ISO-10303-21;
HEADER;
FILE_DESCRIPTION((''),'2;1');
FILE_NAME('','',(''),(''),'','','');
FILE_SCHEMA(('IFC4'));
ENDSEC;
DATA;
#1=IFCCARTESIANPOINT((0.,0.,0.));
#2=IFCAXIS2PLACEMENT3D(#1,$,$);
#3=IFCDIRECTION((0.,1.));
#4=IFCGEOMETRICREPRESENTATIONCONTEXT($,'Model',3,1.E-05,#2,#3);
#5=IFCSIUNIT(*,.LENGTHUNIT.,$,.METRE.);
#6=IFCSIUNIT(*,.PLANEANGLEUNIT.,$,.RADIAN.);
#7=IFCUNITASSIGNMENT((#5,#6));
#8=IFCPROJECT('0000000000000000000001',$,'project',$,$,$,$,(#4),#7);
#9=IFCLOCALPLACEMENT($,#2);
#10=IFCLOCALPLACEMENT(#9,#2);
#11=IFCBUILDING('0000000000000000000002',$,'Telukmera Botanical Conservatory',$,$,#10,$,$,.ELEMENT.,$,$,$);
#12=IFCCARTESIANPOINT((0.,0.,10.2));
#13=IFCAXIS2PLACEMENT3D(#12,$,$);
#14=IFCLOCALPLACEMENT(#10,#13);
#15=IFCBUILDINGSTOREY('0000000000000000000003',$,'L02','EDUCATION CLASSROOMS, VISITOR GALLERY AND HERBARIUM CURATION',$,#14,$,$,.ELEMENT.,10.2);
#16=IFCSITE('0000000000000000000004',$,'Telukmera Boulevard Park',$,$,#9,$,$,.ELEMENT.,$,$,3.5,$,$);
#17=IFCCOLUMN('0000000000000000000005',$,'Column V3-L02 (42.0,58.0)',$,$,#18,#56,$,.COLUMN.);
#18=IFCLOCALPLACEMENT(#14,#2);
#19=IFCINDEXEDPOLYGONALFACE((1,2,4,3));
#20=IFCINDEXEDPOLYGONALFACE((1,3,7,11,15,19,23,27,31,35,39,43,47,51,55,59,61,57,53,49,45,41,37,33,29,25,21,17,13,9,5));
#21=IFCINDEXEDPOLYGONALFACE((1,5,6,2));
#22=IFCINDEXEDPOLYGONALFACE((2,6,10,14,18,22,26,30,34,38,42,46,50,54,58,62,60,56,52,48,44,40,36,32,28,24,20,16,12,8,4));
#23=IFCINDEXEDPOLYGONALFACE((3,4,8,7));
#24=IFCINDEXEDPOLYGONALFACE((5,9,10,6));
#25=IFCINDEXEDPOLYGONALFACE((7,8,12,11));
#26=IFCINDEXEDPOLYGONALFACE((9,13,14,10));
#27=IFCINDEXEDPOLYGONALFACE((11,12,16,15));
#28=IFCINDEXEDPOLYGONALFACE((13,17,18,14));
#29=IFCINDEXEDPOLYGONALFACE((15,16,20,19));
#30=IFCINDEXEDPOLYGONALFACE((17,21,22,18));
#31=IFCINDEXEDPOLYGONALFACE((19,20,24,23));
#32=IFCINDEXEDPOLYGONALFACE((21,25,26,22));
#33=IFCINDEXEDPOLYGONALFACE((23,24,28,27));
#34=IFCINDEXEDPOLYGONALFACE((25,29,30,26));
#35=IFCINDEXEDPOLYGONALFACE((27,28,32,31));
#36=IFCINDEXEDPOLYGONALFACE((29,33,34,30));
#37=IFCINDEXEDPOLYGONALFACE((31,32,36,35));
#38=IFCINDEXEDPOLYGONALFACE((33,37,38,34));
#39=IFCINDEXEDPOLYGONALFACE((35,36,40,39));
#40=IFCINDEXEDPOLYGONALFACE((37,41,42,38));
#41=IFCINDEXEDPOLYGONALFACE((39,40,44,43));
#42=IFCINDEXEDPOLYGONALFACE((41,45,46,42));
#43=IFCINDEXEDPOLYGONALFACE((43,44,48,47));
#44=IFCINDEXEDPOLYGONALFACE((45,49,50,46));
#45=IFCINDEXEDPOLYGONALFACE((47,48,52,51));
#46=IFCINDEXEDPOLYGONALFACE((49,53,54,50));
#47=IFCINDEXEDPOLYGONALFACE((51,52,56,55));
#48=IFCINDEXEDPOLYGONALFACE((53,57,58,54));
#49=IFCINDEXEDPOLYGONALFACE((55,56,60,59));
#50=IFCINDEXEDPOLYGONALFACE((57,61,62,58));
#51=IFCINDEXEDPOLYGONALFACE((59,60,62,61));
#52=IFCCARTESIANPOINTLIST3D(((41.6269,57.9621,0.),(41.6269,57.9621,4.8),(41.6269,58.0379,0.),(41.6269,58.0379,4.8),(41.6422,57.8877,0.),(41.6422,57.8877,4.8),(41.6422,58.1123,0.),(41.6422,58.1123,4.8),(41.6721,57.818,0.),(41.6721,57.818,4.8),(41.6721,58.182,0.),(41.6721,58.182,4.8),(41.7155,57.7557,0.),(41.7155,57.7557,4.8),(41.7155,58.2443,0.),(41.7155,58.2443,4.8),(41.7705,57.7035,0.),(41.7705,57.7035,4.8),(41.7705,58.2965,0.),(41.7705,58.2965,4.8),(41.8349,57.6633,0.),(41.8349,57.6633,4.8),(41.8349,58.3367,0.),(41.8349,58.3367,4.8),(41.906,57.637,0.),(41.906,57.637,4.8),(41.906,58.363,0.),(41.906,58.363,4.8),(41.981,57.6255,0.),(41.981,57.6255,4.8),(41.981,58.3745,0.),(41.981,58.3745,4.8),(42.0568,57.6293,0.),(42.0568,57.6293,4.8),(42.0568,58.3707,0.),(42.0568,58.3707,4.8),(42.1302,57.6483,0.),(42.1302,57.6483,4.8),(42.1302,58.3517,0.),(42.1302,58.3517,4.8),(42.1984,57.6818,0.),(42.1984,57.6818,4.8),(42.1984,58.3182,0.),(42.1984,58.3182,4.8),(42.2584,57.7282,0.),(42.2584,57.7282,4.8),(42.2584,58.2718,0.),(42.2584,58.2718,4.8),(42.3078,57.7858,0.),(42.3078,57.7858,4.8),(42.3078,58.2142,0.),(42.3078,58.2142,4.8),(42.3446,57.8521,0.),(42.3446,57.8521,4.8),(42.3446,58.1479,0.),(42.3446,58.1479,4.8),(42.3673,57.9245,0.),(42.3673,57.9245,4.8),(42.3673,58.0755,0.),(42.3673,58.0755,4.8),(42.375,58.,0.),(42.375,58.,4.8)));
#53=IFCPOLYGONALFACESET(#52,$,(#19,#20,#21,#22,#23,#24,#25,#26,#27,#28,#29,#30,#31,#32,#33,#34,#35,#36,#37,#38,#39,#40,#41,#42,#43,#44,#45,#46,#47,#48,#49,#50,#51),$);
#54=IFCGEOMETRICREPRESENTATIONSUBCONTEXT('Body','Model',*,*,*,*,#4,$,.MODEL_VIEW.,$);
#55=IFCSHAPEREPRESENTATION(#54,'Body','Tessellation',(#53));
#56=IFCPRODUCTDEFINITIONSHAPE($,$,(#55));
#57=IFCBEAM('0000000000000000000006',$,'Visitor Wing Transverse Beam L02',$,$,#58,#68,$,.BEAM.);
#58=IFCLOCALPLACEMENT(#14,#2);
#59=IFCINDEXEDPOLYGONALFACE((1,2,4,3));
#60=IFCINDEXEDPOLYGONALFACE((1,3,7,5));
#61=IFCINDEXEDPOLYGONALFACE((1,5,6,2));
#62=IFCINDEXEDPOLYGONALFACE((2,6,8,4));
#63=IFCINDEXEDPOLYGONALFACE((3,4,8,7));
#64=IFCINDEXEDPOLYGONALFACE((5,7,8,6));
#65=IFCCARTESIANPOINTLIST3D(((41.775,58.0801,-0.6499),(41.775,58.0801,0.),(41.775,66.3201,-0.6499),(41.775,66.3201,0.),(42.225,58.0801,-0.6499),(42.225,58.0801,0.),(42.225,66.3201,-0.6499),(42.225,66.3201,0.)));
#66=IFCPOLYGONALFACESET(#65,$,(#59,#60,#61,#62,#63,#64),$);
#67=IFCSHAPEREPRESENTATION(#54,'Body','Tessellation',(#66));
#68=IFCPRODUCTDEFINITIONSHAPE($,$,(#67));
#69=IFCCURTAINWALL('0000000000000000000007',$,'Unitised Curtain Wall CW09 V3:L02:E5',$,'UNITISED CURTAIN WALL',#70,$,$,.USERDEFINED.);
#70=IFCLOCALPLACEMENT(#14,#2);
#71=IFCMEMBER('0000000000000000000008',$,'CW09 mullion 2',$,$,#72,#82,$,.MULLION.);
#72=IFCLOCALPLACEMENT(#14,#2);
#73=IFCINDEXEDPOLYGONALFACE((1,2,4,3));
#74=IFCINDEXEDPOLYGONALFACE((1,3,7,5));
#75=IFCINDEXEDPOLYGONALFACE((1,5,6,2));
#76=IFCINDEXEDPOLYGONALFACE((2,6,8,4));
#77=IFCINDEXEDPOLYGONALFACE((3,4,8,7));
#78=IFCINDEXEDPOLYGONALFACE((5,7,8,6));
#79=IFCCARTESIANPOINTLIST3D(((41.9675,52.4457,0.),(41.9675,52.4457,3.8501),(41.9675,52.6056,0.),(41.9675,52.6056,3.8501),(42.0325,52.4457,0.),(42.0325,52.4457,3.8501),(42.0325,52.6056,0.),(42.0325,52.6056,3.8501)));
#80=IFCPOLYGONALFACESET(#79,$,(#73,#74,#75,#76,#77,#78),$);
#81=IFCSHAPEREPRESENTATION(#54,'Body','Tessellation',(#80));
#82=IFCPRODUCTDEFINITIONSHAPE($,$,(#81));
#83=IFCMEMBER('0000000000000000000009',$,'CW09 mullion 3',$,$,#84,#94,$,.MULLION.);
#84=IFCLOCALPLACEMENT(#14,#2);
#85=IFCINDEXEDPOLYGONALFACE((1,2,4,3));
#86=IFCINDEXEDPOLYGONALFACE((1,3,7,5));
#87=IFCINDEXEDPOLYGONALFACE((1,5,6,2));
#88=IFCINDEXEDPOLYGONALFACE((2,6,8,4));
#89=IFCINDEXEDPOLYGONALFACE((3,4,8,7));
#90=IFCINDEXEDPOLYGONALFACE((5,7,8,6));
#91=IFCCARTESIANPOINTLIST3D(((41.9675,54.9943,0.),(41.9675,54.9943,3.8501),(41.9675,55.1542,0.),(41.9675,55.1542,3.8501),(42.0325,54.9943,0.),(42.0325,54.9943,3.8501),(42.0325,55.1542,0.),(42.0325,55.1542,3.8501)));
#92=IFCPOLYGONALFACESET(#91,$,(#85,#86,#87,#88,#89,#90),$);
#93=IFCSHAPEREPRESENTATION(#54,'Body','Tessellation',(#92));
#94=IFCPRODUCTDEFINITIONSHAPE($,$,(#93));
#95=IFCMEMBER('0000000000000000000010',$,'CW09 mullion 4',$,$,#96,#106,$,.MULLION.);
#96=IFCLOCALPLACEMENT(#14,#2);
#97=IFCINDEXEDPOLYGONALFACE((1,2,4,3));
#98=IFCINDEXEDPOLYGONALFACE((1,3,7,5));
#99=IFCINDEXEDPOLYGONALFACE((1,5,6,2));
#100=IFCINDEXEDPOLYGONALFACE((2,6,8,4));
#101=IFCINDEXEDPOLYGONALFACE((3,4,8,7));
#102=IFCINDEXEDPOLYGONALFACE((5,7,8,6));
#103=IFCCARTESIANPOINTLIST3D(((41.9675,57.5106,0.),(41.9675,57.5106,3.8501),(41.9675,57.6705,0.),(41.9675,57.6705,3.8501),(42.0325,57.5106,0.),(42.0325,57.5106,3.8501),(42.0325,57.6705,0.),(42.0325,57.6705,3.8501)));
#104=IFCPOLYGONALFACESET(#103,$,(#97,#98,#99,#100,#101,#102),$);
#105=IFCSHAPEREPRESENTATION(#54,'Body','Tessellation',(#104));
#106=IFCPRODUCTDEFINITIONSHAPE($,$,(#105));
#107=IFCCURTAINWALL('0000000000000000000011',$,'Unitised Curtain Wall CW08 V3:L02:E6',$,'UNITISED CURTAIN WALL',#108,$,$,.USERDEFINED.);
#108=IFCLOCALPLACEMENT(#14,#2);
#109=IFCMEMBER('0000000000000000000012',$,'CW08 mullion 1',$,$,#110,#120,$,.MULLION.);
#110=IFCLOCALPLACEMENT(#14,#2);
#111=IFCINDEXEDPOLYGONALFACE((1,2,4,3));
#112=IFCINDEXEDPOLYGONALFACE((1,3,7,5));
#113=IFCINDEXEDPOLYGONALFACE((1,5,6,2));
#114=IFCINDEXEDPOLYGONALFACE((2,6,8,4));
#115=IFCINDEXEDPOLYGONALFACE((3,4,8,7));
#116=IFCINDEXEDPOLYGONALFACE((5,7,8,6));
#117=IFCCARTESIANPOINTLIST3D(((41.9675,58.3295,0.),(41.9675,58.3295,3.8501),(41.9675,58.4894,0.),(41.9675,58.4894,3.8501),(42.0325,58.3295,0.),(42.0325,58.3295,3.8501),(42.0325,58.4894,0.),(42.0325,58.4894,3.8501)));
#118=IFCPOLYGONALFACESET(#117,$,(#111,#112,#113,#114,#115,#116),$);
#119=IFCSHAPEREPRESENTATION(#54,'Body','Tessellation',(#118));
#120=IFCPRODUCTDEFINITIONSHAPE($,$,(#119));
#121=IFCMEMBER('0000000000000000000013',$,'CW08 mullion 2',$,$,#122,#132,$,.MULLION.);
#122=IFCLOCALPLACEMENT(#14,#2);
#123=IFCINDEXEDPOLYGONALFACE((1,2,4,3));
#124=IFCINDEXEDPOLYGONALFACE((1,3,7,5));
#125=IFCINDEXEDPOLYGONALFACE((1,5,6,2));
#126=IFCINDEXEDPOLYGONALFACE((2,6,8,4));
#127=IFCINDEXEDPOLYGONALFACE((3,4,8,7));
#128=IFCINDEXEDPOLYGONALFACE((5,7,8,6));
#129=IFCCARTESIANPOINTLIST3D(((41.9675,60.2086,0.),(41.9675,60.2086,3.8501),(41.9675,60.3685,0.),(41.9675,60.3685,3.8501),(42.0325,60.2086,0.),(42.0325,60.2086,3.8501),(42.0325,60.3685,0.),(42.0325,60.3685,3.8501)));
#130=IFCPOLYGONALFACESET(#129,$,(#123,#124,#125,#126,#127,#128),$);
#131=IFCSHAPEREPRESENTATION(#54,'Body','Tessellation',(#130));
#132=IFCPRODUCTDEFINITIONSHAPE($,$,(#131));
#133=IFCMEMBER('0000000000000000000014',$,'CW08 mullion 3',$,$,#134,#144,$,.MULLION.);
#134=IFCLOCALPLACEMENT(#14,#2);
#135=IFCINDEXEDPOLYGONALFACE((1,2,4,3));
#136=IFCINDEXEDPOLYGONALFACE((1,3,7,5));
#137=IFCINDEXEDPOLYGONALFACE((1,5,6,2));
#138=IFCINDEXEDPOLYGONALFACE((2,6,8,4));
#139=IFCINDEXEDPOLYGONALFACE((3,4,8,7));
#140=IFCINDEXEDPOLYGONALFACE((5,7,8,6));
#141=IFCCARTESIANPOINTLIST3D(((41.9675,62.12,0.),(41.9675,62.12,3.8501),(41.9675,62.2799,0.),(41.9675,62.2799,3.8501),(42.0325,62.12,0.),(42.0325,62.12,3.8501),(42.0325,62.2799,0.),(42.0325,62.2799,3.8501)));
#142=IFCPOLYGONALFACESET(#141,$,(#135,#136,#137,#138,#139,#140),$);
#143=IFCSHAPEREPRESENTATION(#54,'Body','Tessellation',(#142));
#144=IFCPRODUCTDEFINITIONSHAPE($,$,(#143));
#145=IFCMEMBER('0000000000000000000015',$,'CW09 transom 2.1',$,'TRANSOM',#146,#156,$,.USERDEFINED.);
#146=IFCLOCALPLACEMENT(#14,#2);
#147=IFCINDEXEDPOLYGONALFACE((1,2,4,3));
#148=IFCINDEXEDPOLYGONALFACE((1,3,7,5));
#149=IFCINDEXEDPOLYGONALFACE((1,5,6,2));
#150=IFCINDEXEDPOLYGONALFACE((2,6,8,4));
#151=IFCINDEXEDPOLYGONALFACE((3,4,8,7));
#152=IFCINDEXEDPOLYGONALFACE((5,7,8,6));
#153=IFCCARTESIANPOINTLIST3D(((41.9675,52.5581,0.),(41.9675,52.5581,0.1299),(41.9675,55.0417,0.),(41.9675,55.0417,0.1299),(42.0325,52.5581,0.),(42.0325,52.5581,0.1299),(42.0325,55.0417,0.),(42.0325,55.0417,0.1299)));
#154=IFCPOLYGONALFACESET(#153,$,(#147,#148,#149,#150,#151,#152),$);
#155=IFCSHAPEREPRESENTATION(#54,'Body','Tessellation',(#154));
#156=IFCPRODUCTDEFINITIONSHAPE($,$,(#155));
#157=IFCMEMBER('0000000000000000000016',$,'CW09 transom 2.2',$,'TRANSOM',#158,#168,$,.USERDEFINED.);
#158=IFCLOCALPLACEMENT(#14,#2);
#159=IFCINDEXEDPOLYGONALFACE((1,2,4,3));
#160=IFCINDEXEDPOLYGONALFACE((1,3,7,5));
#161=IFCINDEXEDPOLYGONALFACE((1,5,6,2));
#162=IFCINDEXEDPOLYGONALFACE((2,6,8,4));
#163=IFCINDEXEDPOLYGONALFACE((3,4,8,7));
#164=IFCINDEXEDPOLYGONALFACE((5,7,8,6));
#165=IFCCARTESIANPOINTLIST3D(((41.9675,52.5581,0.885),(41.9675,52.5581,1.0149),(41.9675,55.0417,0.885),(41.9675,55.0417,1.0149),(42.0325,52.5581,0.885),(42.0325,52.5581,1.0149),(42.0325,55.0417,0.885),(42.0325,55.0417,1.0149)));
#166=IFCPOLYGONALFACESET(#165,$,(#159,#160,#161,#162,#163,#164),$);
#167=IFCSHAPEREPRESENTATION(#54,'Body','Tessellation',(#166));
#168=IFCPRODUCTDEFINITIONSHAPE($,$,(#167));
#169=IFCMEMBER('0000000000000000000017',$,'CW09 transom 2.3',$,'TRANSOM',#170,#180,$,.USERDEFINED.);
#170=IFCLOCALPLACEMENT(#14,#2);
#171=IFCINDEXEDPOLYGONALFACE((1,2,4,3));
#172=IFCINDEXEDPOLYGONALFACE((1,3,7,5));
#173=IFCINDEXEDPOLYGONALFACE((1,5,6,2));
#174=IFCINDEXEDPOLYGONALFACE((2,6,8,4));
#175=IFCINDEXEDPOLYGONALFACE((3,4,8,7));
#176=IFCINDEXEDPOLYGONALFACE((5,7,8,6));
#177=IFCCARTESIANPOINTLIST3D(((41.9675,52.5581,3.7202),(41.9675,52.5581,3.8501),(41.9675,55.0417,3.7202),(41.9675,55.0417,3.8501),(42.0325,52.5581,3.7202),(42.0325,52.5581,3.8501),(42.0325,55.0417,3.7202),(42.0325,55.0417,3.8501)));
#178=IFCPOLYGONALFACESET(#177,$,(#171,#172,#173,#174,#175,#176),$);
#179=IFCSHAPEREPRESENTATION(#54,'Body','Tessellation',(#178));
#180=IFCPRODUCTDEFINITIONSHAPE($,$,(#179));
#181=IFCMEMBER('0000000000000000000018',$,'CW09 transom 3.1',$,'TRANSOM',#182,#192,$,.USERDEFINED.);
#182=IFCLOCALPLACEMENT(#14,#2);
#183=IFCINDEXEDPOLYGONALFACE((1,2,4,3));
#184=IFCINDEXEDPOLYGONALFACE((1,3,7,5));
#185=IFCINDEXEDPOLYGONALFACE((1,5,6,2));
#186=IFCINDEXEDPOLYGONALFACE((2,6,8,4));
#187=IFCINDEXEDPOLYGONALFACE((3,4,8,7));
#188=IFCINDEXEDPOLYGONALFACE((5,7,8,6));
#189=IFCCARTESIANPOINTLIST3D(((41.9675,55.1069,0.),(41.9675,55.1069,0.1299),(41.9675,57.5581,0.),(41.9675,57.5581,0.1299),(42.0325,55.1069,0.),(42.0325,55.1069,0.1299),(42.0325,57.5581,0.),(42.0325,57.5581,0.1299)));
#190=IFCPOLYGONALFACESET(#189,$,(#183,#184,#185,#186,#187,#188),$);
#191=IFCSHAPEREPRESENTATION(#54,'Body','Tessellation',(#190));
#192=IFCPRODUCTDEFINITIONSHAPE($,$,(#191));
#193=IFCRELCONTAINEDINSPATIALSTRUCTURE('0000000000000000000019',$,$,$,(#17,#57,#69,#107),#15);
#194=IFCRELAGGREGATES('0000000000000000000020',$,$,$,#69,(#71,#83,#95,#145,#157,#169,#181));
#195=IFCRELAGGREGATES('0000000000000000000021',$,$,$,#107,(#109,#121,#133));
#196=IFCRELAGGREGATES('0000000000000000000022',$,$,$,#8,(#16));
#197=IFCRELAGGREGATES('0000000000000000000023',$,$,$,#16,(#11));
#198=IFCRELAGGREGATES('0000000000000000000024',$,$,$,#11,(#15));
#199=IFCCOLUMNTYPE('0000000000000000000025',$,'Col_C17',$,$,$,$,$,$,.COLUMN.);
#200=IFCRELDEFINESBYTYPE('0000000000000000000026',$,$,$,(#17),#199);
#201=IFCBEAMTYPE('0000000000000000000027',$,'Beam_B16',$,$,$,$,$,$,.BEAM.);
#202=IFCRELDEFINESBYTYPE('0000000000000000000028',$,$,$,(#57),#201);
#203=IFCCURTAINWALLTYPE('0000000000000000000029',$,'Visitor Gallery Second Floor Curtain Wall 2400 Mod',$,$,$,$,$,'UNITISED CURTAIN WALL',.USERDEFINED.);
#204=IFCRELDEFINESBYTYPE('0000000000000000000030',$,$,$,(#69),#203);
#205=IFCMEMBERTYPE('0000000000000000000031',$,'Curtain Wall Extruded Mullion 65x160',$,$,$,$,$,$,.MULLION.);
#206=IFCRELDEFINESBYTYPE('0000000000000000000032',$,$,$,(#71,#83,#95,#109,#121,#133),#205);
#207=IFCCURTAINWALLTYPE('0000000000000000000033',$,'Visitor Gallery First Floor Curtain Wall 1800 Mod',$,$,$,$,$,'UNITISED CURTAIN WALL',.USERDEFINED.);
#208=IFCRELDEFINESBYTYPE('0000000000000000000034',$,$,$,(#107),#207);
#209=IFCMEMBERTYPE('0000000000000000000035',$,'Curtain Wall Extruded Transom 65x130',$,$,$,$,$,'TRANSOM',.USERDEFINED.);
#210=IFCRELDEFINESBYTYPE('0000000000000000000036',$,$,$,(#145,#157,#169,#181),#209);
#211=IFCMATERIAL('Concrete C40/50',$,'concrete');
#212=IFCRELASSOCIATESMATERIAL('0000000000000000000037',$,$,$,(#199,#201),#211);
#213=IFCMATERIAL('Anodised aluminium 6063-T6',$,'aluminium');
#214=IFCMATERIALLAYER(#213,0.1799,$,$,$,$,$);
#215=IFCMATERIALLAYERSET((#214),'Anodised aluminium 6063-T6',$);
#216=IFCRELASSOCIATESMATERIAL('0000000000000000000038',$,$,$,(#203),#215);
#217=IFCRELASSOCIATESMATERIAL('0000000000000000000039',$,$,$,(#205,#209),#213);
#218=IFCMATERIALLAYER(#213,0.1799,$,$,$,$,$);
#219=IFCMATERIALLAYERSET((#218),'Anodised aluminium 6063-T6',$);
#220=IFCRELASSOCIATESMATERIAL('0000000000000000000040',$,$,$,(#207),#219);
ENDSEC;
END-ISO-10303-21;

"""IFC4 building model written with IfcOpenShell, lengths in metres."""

from ifc_helpers import new_model, si_unit, direction, frame, origin, origin_2d, place, context, subcontext, project, spatial, rectangle, circle, extrude, material, layer, layer_set, material_profile, profile_set, type_object, element, aggregate, save


model = new_model("IFC4")

# Units and contexts
model_context = context("Model", 3, precision=1e-05, world=origin(), true_north=direction((0.0, 1.0)))
body_context = subcontext(model_context, "Body", "Model", "MODEL_VIEW")
ifc_project = project(units=[si_unit("LENGTHUNIT", "METRE"), si_unit("PLANEANGLEUNIT", "RADIAN")], contexts=[model_context])

# Site, building, storey
site_placement = place(None, origin())
site = spatial("IfcSite", under=ifc_project, at=site_placement, Name="Telukmera Boulevard Park", CompositionType="ELEMENT", RefElevation=3.5)
building_placement = place(site_placement, origin())
building = spatial("IfcBuilding", under=site, at=building_placement, Name="Telukmera Botanical Conservatory", CompositionType="ELEMENT")
storey_placement = place(building_placement, frame((0.0, 0.0, 10.2)))
storey = spatial("IfcBuildingStorey", under=building, at=storey_placement, Name="L02", Description="EDUCATION CLASSROOMS, VISITOR GALLERY AND HERBARIUM CURATION", CompositionType="ELEMENT", Elevation=10.2)

# Column
ifc_material_1 = material(Name="Concrete C40/50", Category="concrete")
ifc_material_profile_1 = material_profile(ifc_material_1, circle(Radius=0.375, at=origin_2d()), Name="RC D750")
ifc_profile_set_1 = profile_set([ifc_material_profile_1], Name="Concrete C40/50")
column_type = type_object("IfcColumnType", Name="Col_C17", PredefinedType="COLUMN", material=ifc_profile_set_1)
column_placement = place(storey_placement, frame((42.0, 58.0, 0.0), z_axis=(0.0, 0.0, 1.0), x_axis=(1.0, 0.0, 0.0)))
element("IfcColumn", 1, at=column_placement, inside=storey, type_object=column_type, Name="Column V3-L02 (42.0,58.0)", PredefinedType="COLUMN", context=body_context, shape_type="SweptSolid", body=[
    extrude(circle(Radius=0.375, at=origin_2d()), origin(), (0.0, 0.0, 1.0), 4.8),
])

# Beam
ifc_material_profile_2 = material_profile(ifc_material_1, rectangle(XDim=0.45, YDim=0.6499, at=origin_2d()), Name="RC 450x650")
ifc_profile_set_2 = profile_set([ifc_material_profile_2], Name="Concrete C40/50")
beam_type = type_object("IfcBeamType", Name="Beam_B16", PredefinedType="BEAM", material=ifc_profile_set_2)
beam_placement = place(storey_placement, frame((42.0, 58.0801, -0.325), z_axis=(0.0, 1.0, 0.0), x_axis=(-1.0, 0.0, 0.0)))
element("IfcBeam", 2, at=beam_placement, inside=storey, type_object=beam_type, Name="Visitor Wing Transverse Beam L02", PredefinedType="BEAM", context=body_context, shape_type="SweptSolid", body=[
    extrude(rectangle(XDim=0.45, YDim=0.6499, at=origin_2d()), origin(), (0.0, 0.0, 1.0), 8.24),
])

# Curtain walls, members
ifc_material_2 = material(Name="Anodised aluminium 6063-T6", Category="aluminium")
ifc_layer_1 = layer(ifc_material_2, 0.1799)
ifc_layer_set_1 = layer_set([ifc_layer_1], Name="Anodised aluminium 6063-T6")
curtain_wall_type_1 = type_object("IfcCurtainWallType", Name="Visitor Gallery Second Floor Curtain Wall 2400 Mod", ElementType="UNITISED CURTAIN WALL", PredefinedType="USERDEFINED", material=ifc_layer_set_1)
curtain_wall_1_placement = place(storey_placement, origin())
curtain_wall_1 = element("IfcCurtainWall", 3, at=curtain_wall_1_placement, inside=storey, type_object=curtain_wall_type_1, Name="Unitised Curtain Wall CW09 V3:L02:E5", ObjectType="UNITISED CURTAIN WALL", PredefinedType="USERDEFINED")
ifc_material_profile_3 = material_profile(ifc_material_2, rectangle(XDim=0.0649, YDim=0.1599, at=origin_2d()), Name="ALU MULL 65x160")
ifc_profile_set_3 = profile_set([ifc_material_profile_3], Name="Anodised aluminium 6063-T6")
member_type_1 = type_object("IfcMemberType", Name="Curtain Wall Extruded Mullion 65x160", PredefinedType="MULLION", material=ifc_profile_set_3)
member_1_placement = place(storey_placement, frame((42.0, 52.5256, 0.0), z_axis=(0.0, 0.0, 1.0), x_axis=(-1.0, 0.0, 0.0)))
member_1 = element("IfcMember", 4, at=member_1_placement, type_object=member_type_1, Name="CW09 mullion 2", PredefinedType="MULLION", context=body_context, shape_type="SweptSolid", body=[
    extrude(rectangle(XDim=0.0649, YDim=0.1599, at=origin_2d()), origin(), (0.0, 0.0, 1.0), 3.8501),
])
member_2_placement = place(storey_placement, frame((42.0, 55.0742, 0.0), z_axis=(0.0, 0.0, 1.0), x_axis=(-1.0, 0.0, 0.0)))
member_2 = element("IfcMember", 5, at=member_2_placement, type_object=member_type_1, Name="CW09 mullion 3", PredefinedType="MULLION", context=body_context, shape_type="SweptSolid", body=[
    extrude(rectangle(XDim=0.0649, YDim=0.1599, at=origin_2d()), origin(), (0.0, 0.0, 1.0), 3.8501),
])
member_3_placement = place(storey_placement, frame((42.0, 57.5906, 0.0), z_axis=(0.0, 0.0, 1.0), x_axis=(-1.0, 0.0, 0.0)))
member_3 = element("IfcMember", 6, at=member_3_placement, type_object=member_type_1, Name="CW09 mullion 4", PredefinedType="MULLION", context=body_context, shape_type="SweptSolid", body=[
    extrude(rectangle(XDim=0.0649, YDim=0.1599, at=origin_2d()), origin(), (0.0, 0.0, 1.0), 3.8501),
])
ifc_layer_2 = layer(ifc_material_2, 0.1799)
ifc_layer_set_2 = layer_set([ifc_layer_2], Name="Anodised aluminium 6063-T6")
curtain_wall_type_2 = type_object("IfcCurtainWallType", Name="Visitor Gallery First Floor Curtain Wall 1800 Mod", ElementType="UNITISED CURTAIN WALL", PredefinedType="USERDEFINED", material=ifc_layer_set_2)
curtain_wall_2_placement = place(storey_placement, origin())
curtain_wall_2 = element("IfcCurtainWall", 7, at=curtain_wall_2_placement, inside=storey, type_object=curtain_wall_type_2, Name="Unitised Curtain Wall CW08 V3:L02:E6", ObjectType="UNITISED CURTAIN WALL", PredefinedType="USERDEFINED")
member_4_placement = place(storey_placement, frame((42.0, 58.4094, 0.0), z_axis=(0.0, 0.0, 1.0), x_axis=(-1.0, 0.0, 0.0)))
member_4 = element("IfcMember", 8, at=member_4_placement, type_object=member_type_1, Name="CW08 mullion 1", PredefinedType="MULLION", context=body_context, shape_type="SweptSolid", body=[
    extrude(rectangle(XDim=0.0649, YDim=0.1599, at=origin_2d()), origin(), (0.0, 0.0, 1.0), 3.8501),
])
member_5_placement = place(storey_placement, frame((42.0, 60.2886, 0.0), z_axis=(0.0, 0.0, 1.0), x_axis=(-1.0, 0.0, 0.0)))
member_5 = element("IfcMember", 9, at=member_5_placement, type_object=member_type_1, Name="CW08 mullion 2", PredefinedType="MULLION", context=body_context, shape_type="SweptSolid", body=[
    extrude(rectangle(XDim=0.0649, YDim=0.1599, at=origin_2d()), origin(), (0.0, 0.0, 1.0), 3.8501),
])
member_6_placement = place(storey_placement, frame((42.0, 62.2, 0.0), z_axis=(0.0, 0.0, 1.0), x_axis=(-1.0, 0.0, 0.0)))
member_6 = element("IfcMember", 10, at=member_6_placement, type_object=member_type_1, Name="CW08 mullion 3", PredefinedType="MULLION", context=body_context, shape_type="SweptSolid", body=[
    extrude(rectangle(XDim=0.0649, YDim=0.1599, at=origin_2d()), origin(), (0.0, 0.0, 1.0), 3.8501),
])

# Members
ifc_material_profile_4 = material_profile(ifc_material_2, rectangle(XDim=0.0649, YDim=0.1299, at=origin_2d()), Name="ALU TRAN 65x130")
ifc_profile_set_4 = profile_set([ifc_material_profile_4], Name="Anodised aluminium 6063-T6")
member_type_2 = type_object("IfcMemberType", Name="Curtain Wall Extruded Transom 65x130", ElementType="TRANSOM", PredefinedType="USERDEFINED", material=ifc_profile_set_4)
member_7_placement = place(storey_placement, frame((42.0, 52.5581, 0.0649), z_axis=(0.0, 1.0, 0.0), x_axis=(-1.0, 0.0, 0.0)))
member_7 = element("IfcMember", 11, at=member_7_placement, type_object=member_type_2, Name="CW09 transom 2.1", ObjectType="TRANSOM", PredefinedType="USERDEFINED", context=body_context, shape_type="SweptSolid", body=[
    extrude(rectangle(XDim=0.0649, YDim=0.1299, at=origin_2d()), origin(), (0.0, 0.0, 1.0), 2.4836),
])
member_8_placement = place(storey_placement, frame((42.0, 52.5581, 0.95), z_axis=(0.0, 1.0, 0.0), x_axis=(-1.0, 0.0, 0.0)))
member_8 = element("IfcMember", 12, at=member_8_placement, type_object=member_type_2, Name="CW09 transom 2.2", ObjectType="TRANSOM", PredefinedType="USERDEFINED", context=body_context, shape_type="SweptSolid", body=[
    extrude(rectangle(XDim=0.0649, YDim=0.1299, at=origin_2d()), origin(), (0.0, 0.0, 1.0), 2.4836),
])
member_9_placement = place(storey_placement, frame((42.0, 52.5581, 3.7852), z_axis=(0.0, 1.0, 0.0), x_axis=(-1.0, 0.0, 0.0)))
member_9 = element("IfcMember", 13, at=member_9_placement, type_object=member_type_2, Name="CW09 transom 2.3", ObjectType="TRANSOM", PredefinedType="USERDEFINED", context=body_context, shape_type="SweptSolid", body=[
    extrude(rectangle(XDim=0.0649, YDim=0.1299, at=origin_2d()), origin(), (0.0, 0.0, 1.0), 2.4836),
])
member_10_placement = place(storey_placement, frame((42.0, 55.1069, 0.0649), z_axis=(0.0, 1.0, 0.0), x_axis=(-1.0, 0.0, 0.0)))
member_10 = element("IfcMember", 14, at=member_10_placement, type_object=member_type_2, Name="CW09 transom 3.1", ObjectType="TRANSOM", PredefinedType="USERDEFINED", context=body_context, shape_type="SweptSolid", body=[
    extrude(rectangle(XDim=0.0649, YDim=0.1299, at=origin_2d()), origin(), (0.0, 0.0, 1.0), 2.4512),
])

aggregate(curtain_wall_1, [member_1, member_2, member_3, member_7, member_8, member_9, member_10])
aggregate(curtain_wall_2, [member_4, member_5, member_6])

save(model, "model.ifc")
